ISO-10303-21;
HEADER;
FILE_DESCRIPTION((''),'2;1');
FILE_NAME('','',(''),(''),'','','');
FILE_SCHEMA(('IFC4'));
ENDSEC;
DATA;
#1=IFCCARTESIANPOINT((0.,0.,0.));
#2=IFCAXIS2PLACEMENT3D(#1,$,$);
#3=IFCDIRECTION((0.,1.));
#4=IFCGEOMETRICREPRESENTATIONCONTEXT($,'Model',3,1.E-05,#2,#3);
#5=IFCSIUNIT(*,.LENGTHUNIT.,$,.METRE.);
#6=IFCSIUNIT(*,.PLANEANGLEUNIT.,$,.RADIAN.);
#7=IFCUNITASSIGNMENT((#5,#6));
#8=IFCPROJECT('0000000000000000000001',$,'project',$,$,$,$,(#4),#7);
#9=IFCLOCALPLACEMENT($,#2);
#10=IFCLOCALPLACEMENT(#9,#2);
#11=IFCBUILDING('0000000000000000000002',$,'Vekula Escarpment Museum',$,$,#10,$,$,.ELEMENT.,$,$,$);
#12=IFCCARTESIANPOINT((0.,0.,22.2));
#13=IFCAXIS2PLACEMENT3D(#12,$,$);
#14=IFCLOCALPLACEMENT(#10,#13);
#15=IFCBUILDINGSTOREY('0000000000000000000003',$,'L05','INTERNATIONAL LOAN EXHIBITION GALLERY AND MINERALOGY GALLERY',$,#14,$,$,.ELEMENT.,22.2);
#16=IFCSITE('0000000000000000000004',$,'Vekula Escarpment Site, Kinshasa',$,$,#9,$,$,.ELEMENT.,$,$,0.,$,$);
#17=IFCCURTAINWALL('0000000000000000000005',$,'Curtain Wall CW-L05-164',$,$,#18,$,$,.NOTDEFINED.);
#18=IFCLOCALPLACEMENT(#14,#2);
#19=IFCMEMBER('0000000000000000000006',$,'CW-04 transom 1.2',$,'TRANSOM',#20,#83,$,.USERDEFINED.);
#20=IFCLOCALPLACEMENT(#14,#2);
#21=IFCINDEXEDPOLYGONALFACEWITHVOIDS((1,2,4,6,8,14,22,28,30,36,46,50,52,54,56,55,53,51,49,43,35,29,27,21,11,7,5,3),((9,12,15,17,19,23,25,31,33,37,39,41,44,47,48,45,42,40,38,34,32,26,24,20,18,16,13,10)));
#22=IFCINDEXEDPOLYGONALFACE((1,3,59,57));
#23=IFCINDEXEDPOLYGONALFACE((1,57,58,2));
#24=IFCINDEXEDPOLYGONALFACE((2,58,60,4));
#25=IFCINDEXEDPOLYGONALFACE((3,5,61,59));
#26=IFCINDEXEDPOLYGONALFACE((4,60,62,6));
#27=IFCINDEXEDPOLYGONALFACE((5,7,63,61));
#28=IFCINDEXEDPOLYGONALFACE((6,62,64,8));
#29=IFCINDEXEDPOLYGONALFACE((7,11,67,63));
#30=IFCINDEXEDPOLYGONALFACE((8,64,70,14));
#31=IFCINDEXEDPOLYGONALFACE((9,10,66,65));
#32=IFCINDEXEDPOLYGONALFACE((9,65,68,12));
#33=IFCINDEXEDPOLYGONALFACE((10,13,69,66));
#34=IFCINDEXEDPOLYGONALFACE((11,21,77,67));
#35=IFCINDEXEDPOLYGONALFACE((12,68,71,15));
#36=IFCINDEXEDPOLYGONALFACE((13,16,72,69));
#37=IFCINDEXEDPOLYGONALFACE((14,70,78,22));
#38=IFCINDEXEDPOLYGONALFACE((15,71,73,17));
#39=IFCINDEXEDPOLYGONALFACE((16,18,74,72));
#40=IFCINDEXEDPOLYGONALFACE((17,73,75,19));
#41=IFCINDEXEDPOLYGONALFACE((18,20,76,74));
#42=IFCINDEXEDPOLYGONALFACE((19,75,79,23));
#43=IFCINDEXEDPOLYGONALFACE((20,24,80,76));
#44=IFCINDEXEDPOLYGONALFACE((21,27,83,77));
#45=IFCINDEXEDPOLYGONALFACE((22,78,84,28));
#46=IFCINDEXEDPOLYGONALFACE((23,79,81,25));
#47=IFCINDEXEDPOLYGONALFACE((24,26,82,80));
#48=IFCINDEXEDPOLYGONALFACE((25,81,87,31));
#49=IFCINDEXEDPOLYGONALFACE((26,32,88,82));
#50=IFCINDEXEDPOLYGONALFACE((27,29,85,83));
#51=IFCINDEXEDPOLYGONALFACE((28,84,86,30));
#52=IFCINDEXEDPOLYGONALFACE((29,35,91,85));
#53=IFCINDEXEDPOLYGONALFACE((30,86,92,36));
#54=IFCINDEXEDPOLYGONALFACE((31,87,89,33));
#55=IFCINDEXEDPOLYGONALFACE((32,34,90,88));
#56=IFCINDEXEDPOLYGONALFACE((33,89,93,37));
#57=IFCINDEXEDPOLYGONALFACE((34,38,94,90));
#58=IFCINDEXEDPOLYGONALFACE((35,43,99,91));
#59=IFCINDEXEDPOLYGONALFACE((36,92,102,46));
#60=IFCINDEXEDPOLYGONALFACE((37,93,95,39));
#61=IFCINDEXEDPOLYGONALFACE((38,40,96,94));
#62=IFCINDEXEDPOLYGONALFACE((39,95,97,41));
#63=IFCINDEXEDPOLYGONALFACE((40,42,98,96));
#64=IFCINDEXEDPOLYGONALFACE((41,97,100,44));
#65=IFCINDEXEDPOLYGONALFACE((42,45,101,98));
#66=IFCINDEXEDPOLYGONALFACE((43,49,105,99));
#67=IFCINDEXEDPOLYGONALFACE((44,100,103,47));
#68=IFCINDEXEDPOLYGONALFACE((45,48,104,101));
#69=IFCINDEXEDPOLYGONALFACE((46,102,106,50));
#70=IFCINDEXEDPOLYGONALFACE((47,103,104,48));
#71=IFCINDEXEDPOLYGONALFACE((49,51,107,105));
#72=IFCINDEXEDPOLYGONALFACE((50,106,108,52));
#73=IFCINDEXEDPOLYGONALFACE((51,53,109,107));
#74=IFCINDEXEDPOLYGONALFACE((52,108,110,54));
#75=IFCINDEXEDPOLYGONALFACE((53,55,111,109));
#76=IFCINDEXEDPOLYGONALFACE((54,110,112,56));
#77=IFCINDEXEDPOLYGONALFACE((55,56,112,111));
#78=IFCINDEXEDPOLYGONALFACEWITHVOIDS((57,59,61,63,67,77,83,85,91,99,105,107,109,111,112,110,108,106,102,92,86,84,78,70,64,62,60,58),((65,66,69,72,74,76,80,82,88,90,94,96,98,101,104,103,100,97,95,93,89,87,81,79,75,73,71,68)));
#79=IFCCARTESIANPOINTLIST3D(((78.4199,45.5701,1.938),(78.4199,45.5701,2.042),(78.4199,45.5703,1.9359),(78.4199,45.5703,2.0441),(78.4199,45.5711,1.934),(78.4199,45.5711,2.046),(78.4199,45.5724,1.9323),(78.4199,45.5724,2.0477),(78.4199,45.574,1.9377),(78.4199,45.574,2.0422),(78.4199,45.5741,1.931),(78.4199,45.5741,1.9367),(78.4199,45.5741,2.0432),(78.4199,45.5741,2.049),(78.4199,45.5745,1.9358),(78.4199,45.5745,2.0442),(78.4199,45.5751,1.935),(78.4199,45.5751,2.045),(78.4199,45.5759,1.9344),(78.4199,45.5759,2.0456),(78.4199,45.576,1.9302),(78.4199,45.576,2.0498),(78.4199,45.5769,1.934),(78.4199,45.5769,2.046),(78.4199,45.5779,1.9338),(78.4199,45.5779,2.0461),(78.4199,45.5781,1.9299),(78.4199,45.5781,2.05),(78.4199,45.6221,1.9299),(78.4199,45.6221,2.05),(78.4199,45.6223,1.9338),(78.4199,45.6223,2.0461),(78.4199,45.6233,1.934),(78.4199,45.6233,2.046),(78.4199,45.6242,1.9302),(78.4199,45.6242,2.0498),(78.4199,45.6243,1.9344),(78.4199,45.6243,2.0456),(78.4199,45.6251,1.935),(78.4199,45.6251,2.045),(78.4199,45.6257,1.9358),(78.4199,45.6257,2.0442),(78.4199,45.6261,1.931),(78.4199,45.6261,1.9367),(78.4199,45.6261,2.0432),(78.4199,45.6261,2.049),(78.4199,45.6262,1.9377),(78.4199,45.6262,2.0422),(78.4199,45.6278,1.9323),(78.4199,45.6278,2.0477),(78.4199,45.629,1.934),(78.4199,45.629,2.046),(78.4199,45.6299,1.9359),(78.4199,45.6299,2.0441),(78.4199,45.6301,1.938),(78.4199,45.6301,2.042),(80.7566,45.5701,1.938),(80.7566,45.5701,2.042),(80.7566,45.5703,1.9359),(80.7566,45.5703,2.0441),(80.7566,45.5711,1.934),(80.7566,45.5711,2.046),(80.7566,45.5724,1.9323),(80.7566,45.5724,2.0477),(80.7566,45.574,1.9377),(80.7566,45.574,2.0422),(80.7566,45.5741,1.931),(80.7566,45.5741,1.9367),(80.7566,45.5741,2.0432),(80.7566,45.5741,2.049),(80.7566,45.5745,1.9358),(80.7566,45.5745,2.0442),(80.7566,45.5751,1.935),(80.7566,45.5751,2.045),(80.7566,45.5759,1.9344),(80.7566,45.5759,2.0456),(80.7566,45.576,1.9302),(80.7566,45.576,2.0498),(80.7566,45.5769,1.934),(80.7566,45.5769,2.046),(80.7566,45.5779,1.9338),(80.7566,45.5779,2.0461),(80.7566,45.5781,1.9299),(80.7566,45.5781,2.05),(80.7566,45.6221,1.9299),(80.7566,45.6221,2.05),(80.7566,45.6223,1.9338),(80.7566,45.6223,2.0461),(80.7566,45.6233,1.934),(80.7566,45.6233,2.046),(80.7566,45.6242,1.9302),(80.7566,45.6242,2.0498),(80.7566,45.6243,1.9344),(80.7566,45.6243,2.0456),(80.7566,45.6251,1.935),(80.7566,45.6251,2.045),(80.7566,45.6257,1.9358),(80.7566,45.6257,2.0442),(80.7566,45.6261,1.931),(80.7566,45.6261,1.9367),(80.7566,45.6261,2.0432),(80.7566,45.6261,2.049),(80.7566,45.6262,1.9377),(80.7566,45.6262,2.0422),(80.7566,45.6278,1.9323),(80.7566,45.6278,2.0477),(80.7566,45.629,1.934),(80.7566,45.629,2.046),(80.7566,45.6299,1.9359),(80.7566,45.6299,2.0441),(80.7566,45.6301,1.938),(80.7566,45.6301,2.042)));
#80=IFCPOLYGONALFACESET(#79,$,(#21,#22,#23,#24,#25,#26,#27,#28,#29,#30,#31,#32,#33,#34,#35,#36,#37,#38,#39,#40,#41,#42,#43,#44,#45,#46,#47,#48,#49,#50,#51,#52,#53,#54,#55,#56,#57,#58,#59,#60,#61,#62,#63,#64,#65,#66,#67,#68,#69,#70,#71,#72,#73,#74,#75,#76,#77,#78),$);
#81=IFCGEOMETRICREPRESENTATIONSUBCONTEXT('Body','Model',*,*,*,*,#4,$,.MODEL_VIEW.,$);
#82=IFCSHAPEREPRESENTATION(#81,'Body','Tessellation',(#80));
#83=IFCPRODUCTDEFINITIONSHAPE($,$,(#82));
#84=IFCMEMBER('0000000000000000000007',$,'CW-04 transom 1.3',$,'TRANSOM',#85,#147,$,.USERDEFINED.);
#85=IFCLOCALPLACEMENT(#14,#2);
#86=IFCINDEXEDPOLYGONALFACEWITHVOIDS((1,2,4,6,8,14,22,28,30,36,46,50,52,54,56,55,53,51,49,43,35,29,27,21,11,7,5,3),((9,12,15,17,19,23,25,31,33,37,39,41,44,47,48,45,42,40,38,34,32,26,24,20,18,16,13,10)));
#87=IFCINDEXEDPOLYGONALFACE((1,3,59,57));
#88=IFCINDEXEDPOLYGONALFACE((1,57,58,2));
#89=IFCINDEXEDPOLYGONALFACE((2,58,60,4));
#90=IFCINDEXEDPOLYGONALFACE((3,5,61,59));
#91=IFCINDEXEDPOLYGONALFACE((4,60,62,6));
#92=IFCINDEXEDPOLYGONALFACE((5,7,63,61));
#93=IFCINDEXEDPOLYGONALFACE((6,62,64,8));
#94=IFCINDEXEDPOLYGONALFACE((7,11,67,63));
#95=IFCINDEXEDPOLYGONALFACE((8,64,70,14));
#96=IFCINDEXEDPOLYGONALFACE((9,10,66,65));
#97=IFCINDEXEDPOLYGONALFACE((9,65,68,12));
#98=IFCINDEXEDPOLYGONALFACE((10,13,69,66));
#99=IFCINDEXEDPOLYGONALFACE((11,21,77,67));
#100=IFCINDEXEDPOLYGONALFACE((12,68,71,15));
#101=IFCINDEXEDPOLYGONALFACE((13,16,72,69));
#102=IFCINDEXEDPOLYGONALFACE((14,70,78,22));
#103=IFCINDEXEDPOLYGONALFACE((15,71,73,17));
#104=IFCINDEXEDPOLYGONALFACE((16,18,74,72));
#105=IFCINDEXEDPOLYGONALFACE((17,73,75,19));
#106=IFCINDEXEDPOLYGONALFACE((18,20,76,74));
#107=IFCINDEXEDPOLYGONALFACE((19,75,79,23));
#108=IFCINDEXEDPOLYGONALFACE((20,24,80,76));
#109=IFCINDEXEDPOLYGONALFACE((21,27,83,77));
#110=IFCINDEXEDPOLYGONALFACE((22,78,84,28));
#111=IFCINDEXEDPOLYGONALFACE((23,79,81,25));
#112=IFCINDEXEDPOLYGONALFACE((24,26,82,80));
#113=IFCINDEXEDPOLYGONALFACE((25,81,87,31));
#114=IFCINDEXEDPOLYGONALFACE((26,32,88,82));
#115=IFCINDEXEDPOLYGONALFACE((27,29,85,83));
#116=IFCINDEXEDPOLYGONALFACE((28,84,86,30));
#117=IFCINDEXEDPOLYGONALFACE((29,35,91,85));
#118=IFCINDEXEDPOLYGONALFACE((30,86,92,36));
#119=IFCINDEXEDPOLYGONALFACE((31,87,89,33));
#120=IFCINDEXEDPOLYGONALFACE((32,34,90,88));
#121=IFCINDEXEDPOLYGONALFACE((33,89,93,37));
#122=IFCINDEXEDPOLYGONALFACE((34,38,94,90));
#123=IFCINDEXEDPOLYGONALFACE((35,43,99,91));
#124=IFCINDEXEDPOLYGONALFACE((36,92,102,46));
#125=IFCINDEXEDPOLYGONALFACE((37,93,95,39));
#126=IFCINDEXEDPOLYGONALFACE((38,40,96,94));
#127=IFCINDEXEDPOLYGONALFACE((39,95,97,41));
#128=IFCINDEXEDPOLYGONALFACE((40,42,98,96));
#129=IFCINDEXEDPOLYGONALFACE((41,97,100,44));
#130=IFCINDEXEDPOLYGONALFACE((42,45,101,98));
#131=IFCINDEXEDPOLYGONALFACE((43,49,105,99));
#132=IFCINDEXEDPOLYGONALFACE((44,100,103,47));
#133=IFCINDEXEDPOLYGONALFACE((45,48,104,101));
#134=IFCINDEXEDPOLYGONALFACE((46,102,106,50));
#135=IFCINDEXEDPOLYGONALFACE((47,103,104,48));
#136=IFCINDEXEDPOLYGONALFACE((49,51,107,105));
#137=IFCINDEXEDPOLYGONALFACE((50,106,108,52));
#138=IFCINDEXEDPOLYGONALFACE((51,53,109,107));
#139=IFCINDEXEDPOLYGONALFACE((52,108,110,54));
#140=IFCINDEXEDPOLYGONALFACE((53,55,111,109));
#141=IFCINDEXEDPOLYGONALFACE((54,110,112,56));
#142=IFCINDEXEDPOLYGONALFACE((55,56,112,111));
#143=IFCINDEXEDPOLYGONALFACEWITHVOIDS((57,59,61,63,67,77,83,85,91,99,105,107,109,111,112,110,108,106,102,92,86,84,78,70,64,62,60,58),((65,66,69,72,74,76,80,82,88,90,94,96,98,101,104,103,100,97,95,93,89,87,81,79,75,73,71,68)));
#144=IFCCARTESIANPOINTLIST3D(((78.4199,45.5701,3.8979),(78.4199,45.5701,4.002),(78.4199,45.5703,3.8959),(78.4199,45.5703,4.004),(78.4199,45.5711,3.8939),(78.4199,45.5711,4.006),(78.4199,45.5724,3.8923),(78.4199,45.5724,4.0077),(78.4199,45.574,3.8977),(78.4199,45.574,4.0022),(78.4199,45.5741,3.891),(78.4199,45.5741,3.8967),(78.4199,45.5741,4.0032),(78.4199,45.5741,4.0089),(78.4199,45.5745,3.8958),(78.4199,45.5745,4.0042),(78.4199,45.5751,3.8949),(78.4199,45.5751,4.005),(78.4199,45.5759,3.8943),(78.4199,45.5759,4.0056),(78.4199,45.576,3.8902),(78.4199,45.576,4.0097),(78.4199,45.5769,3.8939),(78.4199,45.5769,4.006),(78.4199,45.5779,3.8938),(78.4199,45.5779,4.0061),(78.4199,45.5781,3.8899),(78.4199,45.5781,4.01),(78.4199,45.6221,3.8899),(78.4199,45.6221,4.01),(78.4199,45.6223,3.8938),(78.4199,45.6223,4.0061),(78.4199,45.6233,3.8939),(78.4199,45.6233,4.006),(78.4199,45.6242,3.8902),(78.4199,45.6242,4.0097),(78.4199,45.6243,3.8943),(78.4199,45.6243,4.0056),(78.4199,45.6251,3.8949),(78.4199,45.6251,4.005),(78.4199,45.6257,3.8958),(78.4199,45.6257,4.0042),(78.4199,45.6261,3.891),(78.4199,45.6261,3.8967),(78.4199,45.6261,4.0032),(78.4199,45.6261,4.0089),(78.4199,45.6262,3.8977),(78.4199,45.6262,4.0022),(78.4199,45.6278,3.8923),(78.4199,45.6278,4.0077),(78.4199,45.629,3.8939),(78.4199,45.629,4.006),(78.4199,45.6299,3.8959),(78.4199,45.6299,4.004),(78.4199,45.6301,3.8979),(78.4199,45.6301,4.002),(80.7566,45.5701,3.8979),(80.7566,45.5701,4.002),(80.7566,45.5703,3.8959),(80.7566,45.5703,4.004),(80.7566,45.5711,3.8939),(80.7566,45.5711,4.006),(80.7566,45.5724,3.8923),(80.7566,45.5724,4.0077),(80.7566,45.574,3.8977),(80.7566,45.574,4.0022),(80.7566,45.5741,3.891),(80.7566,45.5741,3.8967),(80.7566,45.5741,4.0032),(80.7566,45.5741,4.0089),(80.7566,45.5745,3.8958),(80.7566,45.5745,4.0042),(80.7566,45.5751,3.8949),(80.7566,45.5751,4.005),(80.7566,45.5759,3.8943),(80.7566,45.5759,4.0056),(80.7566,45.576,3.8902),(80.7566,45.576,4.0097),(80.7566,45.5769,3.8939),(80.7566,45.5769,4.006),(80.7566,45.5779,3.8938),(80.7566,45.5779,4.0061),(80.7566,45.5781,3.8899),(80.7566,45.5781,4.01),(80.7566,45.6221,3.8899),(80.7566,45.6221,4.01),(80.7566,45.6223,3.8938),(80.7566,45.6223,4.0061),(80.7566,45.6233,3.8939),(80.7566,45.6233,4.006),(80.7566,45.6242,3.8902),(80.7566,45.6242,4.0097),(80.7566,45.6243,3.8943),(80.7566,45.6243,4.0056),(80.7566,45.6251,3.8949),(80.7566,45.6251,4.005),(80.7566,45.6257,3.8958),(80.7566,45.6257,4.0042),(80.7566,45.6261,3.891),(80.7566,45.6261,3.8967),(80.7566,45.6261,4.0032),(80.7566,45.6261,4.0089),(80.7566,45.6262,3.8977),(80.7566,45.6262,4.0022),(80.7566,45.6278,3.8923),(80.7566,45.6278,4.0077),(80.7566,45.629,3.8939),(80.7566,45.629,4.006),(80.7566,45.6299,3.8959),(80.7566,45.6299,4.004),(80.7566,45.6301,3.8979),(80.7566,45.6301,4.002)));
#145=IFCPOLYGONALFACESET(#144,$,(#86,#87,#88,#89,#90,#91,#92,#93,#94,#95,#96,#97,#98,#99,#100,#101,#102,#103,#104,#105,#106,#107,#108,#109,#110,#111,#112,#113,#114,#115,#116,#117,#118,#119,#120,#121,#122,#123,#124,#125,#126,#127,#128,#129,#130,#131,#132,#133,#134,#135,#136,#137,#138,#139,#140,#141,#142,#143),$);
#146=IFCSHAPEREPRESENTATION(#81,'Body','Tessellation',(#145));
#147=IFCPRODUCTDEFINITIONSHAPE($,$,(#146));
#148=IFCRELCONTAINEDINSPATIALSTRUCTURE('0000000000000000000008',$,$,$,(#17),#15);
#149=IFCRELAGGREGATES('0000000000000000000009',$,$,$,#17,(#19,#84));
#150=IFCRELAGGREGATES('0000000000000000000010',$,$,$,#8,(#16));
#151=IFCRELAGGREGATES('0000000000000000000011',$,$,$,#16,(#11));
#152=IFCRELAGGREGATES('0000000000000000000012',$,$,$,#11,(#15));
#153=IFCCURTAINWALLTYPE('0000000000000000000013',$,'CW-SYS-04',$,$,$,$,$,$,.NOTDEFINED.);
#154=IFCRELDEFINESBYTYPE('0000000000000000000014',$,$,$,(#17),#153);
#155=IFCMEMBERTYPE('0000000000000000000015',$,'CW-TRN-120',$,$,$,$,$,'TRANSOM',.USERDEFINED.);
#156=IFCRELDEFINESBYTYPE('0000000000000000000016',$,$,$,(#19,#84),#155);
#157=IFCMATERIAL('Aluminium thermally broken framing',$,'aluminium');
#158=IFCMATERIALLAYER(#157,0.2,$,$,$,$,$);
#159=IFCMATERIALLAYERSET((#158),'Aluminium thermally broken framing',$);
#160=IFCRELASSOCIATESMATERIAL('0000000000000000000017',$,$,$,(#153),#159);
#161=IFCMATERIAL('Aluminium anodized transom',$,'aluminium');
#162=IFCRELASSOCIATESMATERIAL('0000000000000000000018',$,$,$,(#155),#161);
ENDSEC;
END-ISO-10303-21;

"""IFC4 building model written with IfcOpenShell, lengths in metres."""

from ifc_helpers import new_model, si_unit, direction, frame, origin, origin_2d, place, context, subcontext, project, spatial, hollow_rectangle, extrude, material, layer, layer_set, material_profile, profile_set, type_object, element, aggregate, save


model = new_model("IFC4")

# Units and contexts
model_context = context("Model", 3, precision=1e-05, world=origin(), true_north=direction((0.0, 1.0)))
body_context = subcontext(model_context, "Body", "Model", "MODEL_VIEW")
ifc_project = project(units=[si_unit("LENGTHUNIT", "METRE"), si_unit("PLANEANGLEUNIT", "RADIAN")], contexts=[model_context])

# Site, building, storey
site_placement = place(None, origin())
site = spatial("IfcSite", under=ifc_project, at=site_placement, Name="Vekula Escarpment Site, Kinshasa", CompositionType="ELEMENT", RefElevation=0.0)
building_placement = place(site_placement, origin())
building = spatial("IfcBuilding", under=site, at=building_placement, Name="Vekula Escarpment Museum", CompositionType="ELEMENT")
storey_placement = place(building_placement, frame((0.0, 0.0, 22.2)))
storey = spatial("IfcBuildingStorey", under=building, at=storey_placement, Name="L05", Description="INTERNATIONAL LOAN EXHIBITION GALLERY AND MINERALOGY GALLERY", CompositionType="ELEMENT", Elevation=22.2)

# Curtain wall, members
ifc_material_1 = material(Name="Aluminium thermally broken framing", Category="aluminium")
ifc_layer_1 = layer(ifc_material_1, 0.2)
ifc_layer_set_1 = layer_set([ifc_layer_1], Name="Aluminium thermally broken framing")
curtain_wall_type_1 = type_object("IfcCurtainWallType", Name="CW-SYS-04", PredefinedType="NOTDEFINED", material=ifc_layer_set_1)
curtain_wall_1_placement = place(storey_placement, origin())
curtain_wall_1 = element("IfcCurtainWall", 1, at=curtain_wall_1_placement, inside=storey, type_object=curtain_wall_type_1, Name="Curtain Wall CW-L05-164", PredefinedType="NOTDEFINED")
ifc_material_2 = material(Name="Aluminium anodized transom", Category="aluminium")
ifc_material_profile_1 = material_profile(ifc_material_2, hollow_rectangle(XDim=0.0601, YDim=0.1201, WallThickness=0.0039, InnerFilletRadius=0.0039, OuterFilletRadius=0.0081, at=origin_2d()), Name="ALU 120x60x4")
ifc_profile_set_1 = profile_set([ifc_material_profile_1], Name="Aluminium anodized transom")
member_type_1 = type_object("IfcMemberType", Name="CW-TRN-120", ElementType="TRANSOM", PredefinedType="USERDEFINED", material=ifc_profile_set_1)
member_1_placement = place(storey_placement, frame((78.4199, 45.6001, 1.99), z_axis=(1.0, 0.0, 0.0), x_axis=(0.0, 1.0, 0.0)))
member_1 = element("IfcMember", 2, at=member_1_placement, type_object=member_type_1, Name="CW-04 transom 1.2", ObjectType="TRANSOM", PredefinedType="USERDEFINED", context=body_context, shape_type="SweptSolid", body=[
    extrude(hollow_rectangle(XDim=0.0601, YDim=0.1201, WallThickness=0.0039, InnerFilletRadius=0.0039, OuterFilletRadius=0.0081, at=origin_2d()), origin(), (0.0, 0.0, 1.0), 2.3367),
])
member_2_placement = place(storey_placement, frame((78.4199, 45.6001, 3.95), z_axis=(1.0, 0.0, 0.0), x_axis=(0.0, 1.0, 0.0)))
member_2 = element("IfcMember", 3, at=member_2_placement, type_object=member_type_1, Name="CW-04 transom 1.3", ObjectType="TRANSOM", PredefinedType="USERDEFINED", context=body_context, shape_type="SweptSolid", body=[
    extrude(hollow_rectangle(XDim=0.0601, YDim=0.1201, WallThickness=0.0039, InnerFilletRadius=0.0039, OuterFilletRadius=0.0081, at=origin_2d()), origin(), (0.0, 0.0, 1.0), 2.3367),
])

aggregate(curtain_wall_1, [member_1, member_2])

save(model, "model.ifc")
